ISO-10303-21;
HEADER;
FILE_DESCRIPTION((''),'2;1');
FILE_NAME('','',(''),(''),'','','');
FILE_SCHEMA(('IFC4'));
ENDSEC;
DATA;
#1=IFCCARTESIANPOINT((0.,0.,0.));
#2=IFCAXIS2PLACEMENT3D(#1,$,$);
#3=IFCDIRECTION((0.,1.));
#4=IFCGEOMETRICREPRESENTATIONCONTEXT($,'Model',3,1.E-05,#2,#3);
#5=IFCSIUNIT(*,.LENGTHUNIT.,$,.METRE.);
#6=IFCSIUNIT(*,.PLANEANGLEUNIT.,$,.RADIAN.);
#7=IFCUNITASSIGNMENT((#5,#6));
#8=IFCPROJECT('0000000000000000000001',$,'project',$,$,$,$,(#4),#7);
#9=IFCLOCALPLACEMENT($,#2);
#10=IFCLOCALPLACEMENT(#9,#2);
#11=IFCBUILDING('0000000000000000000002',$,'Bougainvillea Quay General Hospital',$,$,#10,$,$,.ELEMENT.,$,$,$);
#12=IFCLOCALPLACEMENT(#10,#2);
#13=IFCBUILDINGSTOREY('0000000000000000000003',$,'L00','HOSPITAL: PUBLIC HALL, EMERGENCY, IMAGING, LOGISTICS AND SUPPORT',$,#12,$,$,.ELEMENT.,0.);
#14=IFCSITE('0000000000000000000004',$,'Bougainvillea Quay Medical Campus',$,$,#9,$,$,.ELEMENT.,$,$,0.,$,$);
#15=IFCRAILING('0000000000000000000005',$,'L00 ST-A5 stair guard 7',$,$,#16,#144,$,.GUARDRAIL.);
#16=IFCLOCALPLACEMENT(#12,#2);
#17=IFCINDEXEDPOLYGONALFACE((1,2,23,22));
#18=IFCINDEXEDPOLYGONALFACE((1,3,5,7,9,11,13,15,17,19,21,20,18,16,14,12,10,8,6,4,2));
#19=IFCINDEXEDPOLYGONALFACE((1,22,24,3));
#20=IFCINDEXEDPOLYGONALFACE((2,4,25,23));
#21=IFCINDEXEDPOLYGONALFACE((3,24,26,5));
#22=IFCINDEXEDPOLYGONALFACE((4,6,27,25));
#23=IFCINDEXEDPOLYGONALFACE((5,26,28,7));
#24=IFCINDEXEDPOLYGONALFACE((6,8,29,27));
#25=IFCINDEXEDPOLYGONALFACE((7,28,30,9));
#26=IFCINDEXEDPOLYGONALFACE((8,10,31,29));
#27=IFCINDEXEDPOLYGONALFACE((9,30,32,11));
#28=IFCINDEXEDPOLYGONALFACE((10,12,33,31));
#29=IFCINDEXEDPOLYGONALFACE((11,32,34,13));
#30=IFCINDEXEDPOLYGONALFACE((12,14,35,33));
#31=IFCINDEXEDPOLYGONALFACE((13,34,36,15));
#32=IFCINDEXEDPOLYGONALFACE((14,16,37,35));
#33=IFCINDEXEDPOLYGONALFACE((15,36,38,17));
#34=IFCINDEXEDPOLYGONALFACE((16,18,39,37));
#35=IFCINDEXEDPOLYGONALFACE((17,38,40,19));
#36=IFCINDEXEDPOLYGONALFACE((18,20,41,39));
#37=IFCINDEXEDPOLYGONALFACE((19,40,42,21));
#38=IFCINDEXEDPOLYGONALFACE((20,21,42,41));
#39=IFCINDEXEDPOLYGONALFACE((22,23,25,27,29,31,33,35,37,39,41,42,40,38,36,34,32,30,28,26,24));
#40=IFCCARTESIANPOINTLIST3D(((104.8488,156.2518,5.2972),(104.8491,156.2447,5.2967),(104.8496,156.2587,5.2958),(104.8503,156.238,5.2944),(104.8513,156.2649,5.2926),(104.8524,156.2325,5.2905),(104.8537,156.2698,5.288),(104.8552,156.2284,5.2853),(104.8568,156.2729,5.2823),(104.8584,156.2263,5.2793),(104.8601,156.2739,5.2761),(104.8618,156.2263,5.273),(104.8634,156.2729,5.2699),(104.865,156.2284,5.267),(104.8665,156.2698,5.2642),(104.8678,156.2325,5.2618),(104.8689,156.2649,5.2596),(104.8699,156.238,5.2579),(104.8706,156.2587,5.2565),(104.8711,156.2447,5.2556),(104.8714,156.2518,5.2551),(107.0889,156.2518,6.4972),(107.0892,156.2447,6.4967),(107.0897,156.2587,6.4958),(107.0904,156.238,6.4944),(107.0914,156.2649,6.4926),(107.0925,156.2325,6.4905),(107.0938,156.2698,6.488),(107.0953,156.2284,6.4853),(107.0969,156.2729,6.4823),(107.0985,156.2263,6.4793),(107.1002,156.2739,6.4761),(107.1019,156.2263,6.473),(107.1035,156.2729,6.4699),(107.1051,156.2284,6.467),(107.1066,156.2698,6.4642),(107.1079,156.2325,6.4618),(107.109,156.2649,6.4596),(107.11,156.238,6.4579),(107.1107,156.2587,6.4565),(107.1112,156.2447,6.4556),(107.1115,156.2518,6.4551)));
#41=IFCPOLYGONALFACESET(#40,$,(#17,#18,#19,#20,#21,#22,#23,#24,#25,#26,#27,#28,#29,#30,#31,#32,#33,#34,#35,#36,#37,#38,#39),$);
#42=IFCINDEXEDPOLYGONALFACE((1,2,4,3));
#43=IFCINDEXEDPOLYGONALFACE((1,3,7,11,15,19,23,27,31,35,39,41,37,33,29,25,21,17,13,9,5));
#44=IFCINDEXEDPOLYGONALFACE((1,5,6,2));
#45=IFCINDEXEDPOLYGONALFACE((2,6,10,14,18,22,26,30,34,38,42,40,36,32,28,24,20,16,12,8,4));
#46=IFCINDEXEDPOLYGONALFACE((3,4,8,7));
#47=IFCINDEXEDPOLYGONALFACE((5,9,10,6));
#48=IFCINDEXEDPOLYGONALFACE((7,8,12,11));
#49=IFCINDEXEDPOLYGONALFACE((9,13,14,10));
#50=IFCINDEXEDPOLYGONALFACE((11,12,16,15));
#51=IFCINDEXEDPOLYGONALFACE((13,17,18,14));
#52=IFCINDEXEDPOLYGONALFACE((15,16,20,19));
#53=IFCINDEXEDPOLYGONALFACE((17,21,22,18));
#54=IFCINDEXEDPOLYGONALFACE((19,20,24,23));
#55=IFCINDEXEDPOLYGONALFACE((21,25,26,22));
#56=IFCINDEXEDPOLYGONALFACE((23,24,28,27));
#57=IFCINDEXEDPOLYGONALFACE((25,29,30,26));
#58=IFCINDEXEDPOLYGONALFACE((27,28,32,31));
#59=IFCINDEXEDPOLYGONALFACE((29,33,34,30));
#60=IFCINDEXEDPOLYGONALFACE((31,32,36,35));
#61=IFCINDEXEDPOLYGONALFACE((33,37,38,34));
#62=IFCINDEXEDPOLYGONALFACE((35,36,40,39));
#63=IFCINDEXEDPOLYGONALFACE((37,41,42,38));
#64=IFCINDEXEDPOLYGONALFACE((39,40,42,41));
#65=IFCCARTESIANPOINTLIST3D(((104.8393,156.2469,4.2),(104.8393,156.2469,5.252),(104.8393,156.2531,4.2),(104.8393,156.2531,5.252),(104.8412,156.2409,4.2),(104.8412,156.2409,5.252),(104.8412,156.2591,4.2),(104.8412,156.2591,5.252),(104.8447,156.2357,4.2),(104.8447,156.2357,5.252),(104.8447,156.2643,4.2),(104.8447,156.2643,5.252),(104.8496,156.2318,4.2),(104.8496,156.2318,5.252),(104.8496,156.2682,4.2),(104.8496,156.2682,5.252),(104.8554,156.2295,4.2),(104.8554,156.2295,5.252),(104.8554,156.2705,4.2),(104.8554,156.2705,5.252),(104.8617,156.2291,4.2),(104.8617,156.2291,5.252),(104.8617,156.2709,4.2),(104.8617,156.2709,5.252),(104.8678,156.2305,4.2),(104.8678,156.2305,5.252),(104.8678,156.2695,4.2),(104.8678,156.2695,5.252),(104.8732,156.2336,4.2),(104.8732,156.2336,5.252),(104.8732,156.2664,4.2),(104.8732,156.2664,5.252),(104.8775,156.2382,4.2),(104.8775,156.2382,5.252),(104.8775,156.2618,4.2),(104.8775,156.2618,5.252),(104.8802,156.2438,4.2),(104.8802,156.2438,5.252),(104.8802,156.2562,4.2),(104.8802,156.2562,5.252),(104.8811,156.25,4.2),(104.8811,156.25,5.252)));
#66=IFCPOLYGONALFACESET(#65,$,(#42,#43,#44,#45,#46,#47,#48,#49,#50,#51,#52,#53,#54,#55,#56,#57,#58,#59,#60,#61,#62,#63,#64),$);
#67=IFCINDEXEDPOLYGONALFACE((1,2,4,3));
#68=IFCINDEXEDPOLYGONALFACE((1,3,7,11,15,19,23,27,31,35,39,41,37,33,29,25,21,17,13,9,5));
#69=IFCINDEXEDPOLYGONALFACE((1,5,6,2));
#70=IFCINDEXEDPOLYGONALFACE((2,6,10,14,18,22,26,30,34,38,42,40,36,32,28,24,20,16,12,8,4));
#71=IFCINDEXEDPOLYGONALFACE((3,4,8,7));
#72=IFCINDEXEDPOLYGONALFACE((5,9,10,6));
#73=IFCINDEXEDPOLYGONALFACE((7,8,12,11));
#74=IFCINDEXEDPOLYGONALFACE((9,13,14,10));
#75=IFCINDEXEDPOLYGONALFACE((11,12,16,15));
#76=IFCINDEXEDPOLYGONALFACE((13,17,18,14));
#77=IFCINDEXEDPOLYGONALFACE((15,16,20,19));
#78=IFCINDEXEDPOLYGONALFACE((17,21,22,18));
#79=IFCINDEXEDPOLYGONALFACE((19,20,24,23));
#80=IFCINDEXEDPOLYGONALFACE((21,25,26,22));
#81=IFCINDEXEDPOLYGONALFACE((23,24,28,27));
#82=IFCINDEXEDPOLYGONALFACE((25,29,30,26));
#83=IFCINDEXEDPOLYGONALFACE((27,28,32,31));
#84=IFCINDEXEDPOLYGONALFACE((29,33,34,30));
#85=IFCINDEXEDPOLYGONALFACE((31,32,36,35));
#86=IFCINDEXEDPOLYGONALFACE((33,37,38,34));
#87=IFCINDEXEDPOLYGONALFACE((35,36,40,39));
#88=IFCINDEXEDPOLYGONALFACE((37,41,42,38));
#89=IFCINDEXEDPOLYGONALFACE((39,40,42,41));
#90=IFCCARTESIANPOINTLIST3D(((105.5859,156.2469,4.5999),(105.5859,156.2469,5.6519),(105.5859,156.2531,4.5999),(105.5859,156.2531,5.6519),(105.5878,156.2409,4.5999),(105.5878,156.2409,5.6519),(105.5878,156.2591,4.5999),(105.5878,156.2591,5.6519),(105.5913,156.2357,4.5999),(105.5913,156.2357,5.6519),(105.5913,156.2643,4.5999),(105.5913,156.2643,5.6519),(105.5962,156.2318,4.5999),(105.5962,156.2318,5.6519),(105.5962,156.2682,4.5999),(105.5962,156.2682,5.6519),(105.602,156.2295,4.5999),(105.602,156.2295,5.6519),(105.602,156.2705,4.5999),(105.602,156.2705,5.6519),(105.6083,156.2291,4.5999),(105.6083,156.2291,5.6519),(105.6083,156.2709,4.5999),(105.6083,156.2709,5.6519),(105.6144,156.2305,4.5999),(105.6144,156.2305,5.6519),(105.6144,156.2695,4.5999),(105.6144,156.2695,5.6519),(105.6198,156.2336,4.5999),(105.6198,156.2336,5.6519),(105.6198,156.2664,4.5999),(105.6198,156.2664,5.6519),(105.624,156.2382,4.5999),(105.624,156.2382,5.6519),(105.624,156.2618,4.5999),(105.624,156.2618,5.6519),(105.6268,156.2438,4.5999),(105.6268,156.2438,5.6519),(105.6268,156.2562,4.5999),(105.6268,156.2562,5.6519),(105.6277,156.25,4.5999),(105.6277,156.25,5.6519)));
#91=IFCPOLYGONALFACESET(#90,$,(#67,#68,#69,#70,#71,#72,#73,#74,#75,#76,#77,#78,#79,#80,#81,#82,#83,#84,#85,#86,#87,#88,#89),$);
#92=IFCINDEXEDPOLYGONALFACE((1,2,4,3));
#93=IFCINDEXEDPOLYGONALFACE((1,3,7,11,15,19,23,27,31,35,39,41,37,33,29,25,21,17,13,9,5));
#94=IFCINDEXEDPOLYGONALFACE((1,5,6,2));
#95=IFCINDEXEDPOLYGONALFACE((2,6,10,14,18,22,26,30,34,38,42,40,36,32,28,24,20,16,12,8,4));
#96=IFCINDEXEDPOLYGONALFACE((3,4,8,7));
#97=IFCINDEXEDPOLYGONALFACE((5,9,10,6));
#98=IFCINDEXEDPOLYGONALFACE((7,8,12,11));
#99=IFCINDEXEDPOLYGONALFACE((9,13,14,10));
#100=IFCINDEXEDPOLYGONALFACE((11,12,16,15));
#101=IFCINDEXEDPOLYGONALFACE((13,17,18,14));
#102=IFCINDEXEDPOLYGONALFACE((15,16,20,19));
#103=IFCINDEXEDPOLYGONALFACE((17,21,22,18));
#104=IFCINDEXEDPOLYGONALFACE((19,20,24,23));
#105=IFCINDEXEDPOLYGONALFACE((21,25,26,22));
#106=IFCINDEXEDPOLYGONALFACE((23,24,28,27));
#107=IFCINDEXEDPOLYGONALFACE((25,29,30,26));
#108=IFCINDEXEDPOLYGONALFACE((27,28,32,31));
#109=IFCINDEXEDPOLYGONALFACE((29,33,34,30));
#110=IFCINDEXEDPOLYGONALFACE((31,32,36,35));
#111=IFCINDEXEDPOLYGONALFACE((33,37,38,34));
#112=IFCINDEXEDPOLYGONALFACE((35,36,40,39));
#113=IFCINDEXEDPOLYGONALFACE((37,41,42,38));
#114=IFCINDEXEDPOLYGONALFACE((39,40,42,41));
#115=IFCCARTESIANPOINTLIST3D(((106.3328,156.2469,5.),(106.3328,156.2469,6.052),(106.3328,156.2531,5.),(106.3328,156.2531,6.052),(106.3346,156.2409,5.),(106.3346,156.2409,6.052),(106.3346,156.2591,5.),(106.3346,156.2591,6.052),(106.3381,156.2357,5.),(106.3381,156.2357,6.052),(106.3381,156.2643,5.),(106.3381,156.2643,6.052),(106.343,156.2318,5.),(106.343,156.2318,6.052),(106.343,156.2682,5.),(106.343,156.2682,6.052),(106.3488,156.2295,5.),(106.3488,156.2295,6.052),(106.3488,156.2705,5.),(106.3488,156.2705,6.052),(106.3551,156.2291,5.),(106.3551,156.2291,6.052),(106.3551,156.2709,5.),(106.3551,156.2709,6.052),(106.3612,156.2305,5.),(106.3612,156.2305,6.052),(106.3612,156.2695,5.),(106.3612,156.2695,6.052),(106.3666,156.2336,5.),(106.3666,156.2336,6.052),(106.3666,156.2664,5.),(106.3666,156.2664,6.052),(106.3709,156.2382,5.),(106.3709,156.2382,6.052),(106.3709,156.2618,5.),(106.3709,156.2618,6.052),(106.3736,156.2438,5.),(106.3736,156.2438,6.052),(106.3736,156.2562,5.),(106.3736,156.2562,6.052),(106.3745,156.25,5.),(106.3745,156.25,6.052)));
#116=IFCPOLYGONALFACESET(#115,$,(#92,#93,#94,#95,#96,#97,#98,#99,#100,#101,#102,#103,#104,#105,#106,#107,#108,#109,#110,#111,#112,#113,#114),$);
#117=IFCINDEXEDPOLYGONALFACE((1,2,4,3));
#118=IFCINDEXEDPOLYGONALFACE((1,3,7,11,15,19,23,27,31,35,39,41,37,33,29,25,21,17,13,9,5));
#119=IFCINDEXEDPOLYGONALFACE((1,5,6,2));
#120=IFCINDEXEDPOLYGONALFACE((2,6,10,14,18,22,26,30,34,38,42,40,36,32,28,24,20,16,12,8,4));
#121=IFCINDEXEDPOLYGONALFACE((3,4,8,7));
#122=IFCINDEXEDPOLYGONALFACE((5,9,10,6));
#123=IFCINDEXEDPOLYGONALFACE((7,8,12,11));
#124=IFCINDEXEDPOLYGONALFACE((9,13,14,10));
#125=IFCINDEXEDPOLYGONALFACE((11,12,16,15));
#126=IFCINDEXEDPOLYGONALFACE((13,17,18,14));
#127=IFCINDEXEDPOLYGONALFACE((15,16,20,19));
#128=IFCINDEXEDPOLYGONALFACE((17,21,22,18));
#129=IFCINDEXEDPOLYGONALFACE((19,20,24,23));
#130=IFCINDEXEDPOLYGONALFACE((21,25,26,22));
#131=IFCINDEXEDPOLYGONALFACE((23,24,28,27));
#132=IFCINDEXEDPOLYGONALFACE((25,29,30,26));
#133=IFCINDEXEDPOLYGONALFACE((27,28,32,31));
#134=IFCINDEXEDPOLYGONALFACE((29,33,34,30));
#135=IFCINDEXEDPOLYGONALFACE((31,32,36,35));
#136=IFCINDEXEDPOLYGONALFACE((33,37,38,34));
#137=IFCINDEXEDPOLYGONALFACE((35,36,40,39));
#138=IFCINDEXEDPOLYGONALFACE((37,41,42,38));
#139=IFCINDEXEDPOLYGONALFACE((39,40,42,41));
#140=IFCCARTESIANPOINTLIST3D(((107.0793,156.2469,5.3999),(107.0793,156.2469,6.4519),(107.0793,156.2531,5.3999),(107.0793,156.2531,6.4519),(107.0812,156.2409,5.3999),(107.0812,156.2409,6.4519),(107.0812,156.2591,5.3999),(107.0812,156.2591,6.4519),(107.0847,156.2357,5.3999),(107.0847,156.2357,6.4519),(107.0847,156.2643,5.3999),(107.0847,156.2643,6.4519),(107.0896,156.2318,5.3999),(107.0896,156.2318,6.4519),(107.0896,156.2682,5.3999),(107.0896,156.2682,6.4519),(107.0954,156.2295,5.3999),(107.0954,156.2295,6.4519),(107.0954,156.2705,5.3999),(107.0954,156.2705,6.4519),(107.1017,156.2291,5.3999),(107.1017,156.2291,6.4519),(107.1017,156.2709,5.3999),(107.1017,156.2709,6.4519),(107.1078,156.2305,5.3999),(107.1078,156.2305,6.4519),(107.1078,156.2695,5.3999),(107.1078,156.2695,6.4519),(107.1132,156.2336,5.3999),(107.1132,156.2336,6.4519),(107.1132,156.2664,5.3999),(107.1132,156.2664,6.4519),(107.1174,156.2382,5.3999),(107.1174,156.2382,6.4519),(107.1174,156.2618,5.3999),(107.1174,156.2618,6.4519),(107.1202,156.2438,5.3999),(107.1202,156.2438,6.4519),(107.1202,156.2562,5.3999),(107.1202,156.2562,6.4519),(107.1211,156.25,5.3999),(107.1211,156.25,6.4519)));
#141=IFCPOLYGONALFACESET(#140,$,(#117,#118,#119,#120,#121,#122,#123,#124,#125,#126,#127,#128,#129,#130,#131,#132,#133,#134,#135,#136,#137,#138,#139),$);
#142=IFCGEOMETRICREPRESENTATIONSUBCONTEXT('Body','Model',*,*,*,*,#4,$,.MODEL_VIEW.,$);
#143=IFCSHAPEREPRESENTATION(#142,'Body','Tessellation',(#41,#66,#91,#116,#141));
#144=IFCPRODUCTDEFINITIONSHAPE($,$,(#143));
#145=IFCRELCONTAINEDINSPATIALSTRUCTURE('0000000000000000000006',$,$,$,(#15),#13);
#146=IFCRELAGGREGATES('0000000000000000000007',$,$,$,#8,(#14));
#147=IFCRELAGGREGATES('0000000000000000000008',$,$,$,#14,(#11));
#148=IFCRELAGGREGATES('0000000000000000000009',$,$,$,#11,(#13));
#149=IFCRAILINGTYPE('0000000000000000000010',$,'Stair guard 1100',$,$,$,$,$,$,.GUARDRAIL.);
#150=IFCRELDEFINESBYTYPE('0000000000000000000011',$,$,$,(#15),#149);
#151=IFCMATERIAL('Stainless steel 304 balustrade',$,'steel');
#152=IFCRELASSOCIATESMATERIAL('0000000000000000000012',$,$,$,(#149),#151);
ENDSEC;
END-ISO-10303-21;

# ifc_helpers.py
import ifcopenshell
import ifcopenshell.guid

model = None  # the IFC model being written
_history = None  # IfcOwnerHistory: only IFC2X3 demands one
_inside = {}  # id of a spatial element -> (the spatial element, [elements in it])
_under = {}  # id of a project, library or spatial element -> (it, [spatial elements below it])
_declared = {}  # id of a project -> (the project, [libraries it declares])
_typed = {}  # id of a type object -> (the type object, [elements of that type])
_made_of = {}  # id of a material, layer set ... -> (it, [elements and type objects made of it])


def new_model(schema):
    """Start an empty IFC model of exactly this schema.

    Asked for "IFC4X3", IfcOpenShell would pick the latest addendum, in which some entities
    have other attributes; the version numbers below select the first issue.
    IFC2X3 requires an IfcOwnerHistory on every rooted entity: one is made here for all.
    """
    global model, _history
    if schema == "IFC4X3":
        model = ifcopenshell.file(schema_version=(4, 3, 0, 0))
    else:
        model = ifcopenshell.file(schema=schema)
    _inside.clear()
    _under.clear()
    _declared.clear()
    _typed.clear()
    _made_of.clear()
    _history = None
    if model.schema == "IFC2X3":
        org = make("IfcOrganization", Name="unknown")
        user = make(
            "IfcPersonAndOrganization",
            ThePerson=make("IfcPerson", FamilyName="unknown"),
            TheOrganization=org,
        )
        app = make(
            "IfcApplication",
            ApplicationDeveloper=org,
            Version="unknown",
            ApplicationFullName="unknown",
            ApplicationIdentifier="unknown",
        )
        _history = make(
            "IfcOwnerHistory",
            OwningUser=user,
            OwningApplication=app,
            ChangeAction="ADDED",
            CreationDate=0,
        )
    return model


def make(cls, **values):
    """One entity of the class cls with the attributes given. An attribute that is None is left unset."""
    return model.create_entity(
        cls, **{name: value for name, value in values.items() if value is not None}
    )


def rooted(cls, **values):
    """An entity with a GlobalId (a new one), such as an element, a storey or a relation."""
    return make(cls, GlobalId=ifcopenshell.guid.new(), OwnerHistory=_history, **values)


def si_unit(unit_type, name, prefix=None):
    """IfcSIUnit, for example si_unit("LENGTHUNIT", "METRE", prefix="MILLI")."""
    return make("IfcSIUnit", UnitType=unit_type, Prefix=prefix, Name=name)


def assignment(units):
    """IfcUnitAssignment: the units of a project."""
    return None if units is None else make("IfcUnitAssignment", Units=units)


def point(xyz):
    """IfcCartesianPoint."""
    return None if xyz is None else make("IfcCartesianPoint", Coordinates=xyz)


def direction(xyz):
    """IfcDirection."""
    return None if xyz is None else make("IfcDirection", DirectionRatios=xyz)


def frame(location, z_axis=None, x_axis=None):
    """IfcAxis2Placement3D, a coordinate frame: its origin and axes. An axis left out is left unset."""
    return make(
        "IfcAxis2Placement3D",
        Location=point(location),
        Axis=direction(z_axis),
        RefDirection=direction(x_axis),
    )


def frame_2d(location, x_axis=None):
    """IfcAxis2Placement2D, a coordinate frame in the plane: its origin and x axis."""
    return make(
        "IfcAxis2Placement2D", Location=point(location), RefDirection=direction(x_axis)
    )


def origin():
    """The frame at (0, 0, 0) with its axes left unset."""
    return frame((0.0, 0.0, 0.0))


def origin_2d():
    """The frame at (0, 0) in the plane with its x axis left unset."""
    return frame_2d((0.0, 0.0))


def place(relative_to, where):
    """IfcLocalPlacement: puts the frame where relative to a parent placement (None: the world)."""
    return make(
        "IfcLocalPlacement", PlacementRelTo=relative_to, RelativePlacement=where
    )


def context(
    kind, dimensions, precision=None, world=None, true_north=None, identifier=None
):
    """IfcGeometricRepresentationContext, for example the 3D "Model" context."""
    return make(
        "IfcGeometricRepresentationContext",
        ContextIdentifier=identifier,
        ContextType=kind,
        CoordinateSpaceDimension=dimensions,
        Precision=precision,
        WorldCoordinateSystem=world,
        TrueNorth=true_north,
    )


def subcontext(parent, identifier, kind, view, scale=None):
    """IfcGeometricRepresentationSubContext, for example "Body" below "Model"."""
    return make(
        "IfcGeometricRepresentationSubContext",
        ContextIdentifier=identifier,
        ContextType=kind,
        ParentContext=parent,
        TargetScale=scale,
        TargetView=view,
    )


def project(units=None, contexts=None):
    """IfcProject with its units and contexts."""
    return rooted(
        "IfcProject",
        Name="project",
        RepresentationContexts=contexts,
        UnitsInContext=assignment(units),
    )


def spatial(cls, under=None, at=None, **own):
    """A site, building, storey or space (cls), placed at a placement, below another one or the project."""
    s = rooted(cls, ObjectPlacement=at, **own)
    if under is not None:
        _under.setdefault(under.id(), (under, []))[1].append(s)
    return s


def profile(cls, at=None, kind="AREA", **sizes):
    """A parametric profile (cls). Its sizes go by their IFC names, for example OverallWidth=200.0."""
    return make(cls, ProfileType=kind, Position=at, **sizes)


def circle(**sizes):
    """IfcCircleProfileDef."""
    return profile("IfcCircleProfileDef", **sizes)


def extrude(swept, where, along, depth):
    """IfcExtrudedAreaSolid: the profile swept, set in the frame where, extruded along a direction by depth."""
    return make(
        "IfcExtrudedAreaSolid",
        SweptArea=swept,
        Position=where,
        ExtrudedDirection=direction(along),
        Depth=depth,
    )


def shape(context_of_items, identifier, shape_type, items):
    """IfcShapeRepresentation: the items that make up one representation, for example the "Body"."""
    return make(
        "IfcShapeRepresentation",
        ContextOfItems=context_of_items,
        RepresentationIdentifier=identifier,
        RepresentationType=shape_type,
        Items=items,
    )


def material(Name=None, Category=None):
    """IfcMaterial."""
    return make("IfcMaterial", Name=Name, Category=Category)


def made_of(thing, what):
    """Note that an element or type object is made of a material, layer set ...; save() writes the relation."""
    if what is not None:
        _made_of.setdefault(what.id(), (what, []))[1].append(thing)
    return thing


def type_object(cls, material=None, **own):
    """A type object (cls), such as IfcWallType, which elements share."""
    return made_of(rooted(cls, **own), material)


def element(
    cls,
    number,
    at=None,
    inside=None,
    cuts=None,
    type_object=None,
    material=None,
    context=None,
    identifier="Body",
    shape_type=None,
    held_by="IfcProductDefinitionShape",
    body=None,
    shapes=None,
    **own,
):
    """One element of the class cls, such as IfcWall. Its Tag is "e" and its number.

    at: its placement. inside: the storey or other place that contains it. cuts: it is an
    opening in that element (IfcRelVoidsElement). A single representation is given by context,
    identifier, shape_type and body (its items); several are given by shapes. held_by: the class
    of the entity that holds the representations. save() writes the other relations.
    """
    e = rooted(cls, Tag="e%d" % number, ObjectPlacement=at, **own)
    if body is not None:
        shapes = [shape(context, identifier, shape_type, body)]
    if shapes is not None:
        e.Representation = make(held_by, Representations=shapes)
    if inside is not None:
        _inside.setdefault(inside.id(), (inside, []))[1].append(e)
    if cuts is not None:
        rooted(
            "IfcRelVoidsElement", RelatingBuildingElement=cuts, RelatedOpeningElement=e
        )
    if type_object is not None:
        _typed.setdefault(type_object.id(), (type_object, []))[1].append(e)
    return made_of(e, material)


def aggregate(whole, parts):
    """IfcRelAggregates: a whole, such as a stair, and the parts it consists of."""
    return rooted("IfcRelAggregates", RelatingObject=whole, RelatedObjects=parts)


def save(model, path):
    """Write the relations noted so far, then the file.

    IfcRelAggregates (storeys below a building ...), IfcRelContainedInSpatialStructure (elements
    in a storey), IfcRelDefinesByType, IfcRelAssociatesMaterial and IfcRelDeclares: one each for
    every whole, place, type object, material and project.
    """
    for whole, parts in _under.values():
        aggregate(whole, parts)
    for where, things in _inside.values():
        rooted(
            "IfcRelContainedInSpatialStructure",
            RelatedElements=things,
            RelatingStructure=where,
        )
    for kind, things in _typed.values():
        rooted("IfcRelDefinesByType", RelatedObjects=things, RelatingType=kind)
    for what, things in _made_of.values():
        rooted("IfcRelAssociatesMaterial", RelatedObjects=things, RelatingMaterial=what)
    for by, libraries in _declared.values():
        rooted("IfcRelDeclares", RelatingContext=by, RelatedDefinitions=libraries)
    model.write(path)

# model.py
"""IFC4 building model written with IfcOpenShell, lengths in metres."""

from ifc_helpers import new_model, si_unit, direction, frame, origin, origin_2d, place, context, subcontext, project, spatial, circle, extrude, material, type_object, element, save


model = new_model("IFC4")

# Units and contexts
model_context = context("Model", 3, precision=1e-05, world=origin(), true_north=direction((0.0, 1.0)))
body_context = subcontext(model_context, "Body", "Model", "MODEL_VIEW")
ifc_project = project(units=[si_unit("LENGTHUNIT", "METRE"), si_unit("PLANEANGLEUNIT", "RADIAN")], contexts=[model_context])

# Site, building, storey
site_placement = place(None, origin())
site = spatial("IfcSite", under=ifc_project, at=site_placement, Name="Bougainvillea Quay Medical Campus", CompositionType="ELEMENT", RefElevation=0.0)
building_placement = place(site_placement, origin())
building = spatial("IfcBuilding", under=site, at=building_placement, Name="Bougainvillea Quay General Hospital", CompositionType="ELEMENT")
storey_placement = place(building_placement, origin())
storey = spatial("IfcBuildingStorey", under=building, at=storey_placement, Name="L00", Description="HOSPITAL: PUBLIC HALL, EMERGENCY, IMAGING, LOGISTICS AND SUPPORT", CompositionType="ELEMENT", Elevation=0.0)

# Railing
ifc_material_1 = material(Name="Stainless steel 304 balustrade", Category="steel")
railing_type_1 = type_object("IfcRailingType", Name="Stair guard 1100", PredefinedType="GUARDRAIL", material=ifc_material_1)
railing_1_placement = place(storey_placement, frame((104.8601, 156.25, 4.2)))
element("IfcRailing", 1, at=railing_1_placement, inside=storey, type_object=railing_type_1, Name="L00 ST-A5 stair guard 7", PredefinedType="GUARDRAIL", context=body_context, shape_type="SweptSolid", body=[
    extrude(circle(Radius=0.0239, at=origin_2d()), frame((0.0, 0.0, 1.0762), z_axis=(0.881487, 0.0, 0.472208), x_axis=(0.0, 1.0, 0.0)), (0.0, 0.0, 1.0), 2.5413),
    extrude(circle(Radius=0.021, at=origin_2d()), origin(), (0.0, 0.0, 1.0), 1.052),
    extrude(circle(Radius=0.021, at=origin_2d()), frame((0.7466, 0.0, 0.3999)), (0.0, 0.0, 1.0), 1.052),
    extrude(circle(Radius=0.021, at=origin_2d()), frame((1.4934, 0.0, 0.8)), (0.0, 0.0, 1.0), 1.052),
    extrude(circle(Radius=0.021, at=origin_2d()), frame((2.24, 0.0, 1.2)), (0.0, 0.0, 1.0), 1.052),
])

save(model, "model.ifc")
